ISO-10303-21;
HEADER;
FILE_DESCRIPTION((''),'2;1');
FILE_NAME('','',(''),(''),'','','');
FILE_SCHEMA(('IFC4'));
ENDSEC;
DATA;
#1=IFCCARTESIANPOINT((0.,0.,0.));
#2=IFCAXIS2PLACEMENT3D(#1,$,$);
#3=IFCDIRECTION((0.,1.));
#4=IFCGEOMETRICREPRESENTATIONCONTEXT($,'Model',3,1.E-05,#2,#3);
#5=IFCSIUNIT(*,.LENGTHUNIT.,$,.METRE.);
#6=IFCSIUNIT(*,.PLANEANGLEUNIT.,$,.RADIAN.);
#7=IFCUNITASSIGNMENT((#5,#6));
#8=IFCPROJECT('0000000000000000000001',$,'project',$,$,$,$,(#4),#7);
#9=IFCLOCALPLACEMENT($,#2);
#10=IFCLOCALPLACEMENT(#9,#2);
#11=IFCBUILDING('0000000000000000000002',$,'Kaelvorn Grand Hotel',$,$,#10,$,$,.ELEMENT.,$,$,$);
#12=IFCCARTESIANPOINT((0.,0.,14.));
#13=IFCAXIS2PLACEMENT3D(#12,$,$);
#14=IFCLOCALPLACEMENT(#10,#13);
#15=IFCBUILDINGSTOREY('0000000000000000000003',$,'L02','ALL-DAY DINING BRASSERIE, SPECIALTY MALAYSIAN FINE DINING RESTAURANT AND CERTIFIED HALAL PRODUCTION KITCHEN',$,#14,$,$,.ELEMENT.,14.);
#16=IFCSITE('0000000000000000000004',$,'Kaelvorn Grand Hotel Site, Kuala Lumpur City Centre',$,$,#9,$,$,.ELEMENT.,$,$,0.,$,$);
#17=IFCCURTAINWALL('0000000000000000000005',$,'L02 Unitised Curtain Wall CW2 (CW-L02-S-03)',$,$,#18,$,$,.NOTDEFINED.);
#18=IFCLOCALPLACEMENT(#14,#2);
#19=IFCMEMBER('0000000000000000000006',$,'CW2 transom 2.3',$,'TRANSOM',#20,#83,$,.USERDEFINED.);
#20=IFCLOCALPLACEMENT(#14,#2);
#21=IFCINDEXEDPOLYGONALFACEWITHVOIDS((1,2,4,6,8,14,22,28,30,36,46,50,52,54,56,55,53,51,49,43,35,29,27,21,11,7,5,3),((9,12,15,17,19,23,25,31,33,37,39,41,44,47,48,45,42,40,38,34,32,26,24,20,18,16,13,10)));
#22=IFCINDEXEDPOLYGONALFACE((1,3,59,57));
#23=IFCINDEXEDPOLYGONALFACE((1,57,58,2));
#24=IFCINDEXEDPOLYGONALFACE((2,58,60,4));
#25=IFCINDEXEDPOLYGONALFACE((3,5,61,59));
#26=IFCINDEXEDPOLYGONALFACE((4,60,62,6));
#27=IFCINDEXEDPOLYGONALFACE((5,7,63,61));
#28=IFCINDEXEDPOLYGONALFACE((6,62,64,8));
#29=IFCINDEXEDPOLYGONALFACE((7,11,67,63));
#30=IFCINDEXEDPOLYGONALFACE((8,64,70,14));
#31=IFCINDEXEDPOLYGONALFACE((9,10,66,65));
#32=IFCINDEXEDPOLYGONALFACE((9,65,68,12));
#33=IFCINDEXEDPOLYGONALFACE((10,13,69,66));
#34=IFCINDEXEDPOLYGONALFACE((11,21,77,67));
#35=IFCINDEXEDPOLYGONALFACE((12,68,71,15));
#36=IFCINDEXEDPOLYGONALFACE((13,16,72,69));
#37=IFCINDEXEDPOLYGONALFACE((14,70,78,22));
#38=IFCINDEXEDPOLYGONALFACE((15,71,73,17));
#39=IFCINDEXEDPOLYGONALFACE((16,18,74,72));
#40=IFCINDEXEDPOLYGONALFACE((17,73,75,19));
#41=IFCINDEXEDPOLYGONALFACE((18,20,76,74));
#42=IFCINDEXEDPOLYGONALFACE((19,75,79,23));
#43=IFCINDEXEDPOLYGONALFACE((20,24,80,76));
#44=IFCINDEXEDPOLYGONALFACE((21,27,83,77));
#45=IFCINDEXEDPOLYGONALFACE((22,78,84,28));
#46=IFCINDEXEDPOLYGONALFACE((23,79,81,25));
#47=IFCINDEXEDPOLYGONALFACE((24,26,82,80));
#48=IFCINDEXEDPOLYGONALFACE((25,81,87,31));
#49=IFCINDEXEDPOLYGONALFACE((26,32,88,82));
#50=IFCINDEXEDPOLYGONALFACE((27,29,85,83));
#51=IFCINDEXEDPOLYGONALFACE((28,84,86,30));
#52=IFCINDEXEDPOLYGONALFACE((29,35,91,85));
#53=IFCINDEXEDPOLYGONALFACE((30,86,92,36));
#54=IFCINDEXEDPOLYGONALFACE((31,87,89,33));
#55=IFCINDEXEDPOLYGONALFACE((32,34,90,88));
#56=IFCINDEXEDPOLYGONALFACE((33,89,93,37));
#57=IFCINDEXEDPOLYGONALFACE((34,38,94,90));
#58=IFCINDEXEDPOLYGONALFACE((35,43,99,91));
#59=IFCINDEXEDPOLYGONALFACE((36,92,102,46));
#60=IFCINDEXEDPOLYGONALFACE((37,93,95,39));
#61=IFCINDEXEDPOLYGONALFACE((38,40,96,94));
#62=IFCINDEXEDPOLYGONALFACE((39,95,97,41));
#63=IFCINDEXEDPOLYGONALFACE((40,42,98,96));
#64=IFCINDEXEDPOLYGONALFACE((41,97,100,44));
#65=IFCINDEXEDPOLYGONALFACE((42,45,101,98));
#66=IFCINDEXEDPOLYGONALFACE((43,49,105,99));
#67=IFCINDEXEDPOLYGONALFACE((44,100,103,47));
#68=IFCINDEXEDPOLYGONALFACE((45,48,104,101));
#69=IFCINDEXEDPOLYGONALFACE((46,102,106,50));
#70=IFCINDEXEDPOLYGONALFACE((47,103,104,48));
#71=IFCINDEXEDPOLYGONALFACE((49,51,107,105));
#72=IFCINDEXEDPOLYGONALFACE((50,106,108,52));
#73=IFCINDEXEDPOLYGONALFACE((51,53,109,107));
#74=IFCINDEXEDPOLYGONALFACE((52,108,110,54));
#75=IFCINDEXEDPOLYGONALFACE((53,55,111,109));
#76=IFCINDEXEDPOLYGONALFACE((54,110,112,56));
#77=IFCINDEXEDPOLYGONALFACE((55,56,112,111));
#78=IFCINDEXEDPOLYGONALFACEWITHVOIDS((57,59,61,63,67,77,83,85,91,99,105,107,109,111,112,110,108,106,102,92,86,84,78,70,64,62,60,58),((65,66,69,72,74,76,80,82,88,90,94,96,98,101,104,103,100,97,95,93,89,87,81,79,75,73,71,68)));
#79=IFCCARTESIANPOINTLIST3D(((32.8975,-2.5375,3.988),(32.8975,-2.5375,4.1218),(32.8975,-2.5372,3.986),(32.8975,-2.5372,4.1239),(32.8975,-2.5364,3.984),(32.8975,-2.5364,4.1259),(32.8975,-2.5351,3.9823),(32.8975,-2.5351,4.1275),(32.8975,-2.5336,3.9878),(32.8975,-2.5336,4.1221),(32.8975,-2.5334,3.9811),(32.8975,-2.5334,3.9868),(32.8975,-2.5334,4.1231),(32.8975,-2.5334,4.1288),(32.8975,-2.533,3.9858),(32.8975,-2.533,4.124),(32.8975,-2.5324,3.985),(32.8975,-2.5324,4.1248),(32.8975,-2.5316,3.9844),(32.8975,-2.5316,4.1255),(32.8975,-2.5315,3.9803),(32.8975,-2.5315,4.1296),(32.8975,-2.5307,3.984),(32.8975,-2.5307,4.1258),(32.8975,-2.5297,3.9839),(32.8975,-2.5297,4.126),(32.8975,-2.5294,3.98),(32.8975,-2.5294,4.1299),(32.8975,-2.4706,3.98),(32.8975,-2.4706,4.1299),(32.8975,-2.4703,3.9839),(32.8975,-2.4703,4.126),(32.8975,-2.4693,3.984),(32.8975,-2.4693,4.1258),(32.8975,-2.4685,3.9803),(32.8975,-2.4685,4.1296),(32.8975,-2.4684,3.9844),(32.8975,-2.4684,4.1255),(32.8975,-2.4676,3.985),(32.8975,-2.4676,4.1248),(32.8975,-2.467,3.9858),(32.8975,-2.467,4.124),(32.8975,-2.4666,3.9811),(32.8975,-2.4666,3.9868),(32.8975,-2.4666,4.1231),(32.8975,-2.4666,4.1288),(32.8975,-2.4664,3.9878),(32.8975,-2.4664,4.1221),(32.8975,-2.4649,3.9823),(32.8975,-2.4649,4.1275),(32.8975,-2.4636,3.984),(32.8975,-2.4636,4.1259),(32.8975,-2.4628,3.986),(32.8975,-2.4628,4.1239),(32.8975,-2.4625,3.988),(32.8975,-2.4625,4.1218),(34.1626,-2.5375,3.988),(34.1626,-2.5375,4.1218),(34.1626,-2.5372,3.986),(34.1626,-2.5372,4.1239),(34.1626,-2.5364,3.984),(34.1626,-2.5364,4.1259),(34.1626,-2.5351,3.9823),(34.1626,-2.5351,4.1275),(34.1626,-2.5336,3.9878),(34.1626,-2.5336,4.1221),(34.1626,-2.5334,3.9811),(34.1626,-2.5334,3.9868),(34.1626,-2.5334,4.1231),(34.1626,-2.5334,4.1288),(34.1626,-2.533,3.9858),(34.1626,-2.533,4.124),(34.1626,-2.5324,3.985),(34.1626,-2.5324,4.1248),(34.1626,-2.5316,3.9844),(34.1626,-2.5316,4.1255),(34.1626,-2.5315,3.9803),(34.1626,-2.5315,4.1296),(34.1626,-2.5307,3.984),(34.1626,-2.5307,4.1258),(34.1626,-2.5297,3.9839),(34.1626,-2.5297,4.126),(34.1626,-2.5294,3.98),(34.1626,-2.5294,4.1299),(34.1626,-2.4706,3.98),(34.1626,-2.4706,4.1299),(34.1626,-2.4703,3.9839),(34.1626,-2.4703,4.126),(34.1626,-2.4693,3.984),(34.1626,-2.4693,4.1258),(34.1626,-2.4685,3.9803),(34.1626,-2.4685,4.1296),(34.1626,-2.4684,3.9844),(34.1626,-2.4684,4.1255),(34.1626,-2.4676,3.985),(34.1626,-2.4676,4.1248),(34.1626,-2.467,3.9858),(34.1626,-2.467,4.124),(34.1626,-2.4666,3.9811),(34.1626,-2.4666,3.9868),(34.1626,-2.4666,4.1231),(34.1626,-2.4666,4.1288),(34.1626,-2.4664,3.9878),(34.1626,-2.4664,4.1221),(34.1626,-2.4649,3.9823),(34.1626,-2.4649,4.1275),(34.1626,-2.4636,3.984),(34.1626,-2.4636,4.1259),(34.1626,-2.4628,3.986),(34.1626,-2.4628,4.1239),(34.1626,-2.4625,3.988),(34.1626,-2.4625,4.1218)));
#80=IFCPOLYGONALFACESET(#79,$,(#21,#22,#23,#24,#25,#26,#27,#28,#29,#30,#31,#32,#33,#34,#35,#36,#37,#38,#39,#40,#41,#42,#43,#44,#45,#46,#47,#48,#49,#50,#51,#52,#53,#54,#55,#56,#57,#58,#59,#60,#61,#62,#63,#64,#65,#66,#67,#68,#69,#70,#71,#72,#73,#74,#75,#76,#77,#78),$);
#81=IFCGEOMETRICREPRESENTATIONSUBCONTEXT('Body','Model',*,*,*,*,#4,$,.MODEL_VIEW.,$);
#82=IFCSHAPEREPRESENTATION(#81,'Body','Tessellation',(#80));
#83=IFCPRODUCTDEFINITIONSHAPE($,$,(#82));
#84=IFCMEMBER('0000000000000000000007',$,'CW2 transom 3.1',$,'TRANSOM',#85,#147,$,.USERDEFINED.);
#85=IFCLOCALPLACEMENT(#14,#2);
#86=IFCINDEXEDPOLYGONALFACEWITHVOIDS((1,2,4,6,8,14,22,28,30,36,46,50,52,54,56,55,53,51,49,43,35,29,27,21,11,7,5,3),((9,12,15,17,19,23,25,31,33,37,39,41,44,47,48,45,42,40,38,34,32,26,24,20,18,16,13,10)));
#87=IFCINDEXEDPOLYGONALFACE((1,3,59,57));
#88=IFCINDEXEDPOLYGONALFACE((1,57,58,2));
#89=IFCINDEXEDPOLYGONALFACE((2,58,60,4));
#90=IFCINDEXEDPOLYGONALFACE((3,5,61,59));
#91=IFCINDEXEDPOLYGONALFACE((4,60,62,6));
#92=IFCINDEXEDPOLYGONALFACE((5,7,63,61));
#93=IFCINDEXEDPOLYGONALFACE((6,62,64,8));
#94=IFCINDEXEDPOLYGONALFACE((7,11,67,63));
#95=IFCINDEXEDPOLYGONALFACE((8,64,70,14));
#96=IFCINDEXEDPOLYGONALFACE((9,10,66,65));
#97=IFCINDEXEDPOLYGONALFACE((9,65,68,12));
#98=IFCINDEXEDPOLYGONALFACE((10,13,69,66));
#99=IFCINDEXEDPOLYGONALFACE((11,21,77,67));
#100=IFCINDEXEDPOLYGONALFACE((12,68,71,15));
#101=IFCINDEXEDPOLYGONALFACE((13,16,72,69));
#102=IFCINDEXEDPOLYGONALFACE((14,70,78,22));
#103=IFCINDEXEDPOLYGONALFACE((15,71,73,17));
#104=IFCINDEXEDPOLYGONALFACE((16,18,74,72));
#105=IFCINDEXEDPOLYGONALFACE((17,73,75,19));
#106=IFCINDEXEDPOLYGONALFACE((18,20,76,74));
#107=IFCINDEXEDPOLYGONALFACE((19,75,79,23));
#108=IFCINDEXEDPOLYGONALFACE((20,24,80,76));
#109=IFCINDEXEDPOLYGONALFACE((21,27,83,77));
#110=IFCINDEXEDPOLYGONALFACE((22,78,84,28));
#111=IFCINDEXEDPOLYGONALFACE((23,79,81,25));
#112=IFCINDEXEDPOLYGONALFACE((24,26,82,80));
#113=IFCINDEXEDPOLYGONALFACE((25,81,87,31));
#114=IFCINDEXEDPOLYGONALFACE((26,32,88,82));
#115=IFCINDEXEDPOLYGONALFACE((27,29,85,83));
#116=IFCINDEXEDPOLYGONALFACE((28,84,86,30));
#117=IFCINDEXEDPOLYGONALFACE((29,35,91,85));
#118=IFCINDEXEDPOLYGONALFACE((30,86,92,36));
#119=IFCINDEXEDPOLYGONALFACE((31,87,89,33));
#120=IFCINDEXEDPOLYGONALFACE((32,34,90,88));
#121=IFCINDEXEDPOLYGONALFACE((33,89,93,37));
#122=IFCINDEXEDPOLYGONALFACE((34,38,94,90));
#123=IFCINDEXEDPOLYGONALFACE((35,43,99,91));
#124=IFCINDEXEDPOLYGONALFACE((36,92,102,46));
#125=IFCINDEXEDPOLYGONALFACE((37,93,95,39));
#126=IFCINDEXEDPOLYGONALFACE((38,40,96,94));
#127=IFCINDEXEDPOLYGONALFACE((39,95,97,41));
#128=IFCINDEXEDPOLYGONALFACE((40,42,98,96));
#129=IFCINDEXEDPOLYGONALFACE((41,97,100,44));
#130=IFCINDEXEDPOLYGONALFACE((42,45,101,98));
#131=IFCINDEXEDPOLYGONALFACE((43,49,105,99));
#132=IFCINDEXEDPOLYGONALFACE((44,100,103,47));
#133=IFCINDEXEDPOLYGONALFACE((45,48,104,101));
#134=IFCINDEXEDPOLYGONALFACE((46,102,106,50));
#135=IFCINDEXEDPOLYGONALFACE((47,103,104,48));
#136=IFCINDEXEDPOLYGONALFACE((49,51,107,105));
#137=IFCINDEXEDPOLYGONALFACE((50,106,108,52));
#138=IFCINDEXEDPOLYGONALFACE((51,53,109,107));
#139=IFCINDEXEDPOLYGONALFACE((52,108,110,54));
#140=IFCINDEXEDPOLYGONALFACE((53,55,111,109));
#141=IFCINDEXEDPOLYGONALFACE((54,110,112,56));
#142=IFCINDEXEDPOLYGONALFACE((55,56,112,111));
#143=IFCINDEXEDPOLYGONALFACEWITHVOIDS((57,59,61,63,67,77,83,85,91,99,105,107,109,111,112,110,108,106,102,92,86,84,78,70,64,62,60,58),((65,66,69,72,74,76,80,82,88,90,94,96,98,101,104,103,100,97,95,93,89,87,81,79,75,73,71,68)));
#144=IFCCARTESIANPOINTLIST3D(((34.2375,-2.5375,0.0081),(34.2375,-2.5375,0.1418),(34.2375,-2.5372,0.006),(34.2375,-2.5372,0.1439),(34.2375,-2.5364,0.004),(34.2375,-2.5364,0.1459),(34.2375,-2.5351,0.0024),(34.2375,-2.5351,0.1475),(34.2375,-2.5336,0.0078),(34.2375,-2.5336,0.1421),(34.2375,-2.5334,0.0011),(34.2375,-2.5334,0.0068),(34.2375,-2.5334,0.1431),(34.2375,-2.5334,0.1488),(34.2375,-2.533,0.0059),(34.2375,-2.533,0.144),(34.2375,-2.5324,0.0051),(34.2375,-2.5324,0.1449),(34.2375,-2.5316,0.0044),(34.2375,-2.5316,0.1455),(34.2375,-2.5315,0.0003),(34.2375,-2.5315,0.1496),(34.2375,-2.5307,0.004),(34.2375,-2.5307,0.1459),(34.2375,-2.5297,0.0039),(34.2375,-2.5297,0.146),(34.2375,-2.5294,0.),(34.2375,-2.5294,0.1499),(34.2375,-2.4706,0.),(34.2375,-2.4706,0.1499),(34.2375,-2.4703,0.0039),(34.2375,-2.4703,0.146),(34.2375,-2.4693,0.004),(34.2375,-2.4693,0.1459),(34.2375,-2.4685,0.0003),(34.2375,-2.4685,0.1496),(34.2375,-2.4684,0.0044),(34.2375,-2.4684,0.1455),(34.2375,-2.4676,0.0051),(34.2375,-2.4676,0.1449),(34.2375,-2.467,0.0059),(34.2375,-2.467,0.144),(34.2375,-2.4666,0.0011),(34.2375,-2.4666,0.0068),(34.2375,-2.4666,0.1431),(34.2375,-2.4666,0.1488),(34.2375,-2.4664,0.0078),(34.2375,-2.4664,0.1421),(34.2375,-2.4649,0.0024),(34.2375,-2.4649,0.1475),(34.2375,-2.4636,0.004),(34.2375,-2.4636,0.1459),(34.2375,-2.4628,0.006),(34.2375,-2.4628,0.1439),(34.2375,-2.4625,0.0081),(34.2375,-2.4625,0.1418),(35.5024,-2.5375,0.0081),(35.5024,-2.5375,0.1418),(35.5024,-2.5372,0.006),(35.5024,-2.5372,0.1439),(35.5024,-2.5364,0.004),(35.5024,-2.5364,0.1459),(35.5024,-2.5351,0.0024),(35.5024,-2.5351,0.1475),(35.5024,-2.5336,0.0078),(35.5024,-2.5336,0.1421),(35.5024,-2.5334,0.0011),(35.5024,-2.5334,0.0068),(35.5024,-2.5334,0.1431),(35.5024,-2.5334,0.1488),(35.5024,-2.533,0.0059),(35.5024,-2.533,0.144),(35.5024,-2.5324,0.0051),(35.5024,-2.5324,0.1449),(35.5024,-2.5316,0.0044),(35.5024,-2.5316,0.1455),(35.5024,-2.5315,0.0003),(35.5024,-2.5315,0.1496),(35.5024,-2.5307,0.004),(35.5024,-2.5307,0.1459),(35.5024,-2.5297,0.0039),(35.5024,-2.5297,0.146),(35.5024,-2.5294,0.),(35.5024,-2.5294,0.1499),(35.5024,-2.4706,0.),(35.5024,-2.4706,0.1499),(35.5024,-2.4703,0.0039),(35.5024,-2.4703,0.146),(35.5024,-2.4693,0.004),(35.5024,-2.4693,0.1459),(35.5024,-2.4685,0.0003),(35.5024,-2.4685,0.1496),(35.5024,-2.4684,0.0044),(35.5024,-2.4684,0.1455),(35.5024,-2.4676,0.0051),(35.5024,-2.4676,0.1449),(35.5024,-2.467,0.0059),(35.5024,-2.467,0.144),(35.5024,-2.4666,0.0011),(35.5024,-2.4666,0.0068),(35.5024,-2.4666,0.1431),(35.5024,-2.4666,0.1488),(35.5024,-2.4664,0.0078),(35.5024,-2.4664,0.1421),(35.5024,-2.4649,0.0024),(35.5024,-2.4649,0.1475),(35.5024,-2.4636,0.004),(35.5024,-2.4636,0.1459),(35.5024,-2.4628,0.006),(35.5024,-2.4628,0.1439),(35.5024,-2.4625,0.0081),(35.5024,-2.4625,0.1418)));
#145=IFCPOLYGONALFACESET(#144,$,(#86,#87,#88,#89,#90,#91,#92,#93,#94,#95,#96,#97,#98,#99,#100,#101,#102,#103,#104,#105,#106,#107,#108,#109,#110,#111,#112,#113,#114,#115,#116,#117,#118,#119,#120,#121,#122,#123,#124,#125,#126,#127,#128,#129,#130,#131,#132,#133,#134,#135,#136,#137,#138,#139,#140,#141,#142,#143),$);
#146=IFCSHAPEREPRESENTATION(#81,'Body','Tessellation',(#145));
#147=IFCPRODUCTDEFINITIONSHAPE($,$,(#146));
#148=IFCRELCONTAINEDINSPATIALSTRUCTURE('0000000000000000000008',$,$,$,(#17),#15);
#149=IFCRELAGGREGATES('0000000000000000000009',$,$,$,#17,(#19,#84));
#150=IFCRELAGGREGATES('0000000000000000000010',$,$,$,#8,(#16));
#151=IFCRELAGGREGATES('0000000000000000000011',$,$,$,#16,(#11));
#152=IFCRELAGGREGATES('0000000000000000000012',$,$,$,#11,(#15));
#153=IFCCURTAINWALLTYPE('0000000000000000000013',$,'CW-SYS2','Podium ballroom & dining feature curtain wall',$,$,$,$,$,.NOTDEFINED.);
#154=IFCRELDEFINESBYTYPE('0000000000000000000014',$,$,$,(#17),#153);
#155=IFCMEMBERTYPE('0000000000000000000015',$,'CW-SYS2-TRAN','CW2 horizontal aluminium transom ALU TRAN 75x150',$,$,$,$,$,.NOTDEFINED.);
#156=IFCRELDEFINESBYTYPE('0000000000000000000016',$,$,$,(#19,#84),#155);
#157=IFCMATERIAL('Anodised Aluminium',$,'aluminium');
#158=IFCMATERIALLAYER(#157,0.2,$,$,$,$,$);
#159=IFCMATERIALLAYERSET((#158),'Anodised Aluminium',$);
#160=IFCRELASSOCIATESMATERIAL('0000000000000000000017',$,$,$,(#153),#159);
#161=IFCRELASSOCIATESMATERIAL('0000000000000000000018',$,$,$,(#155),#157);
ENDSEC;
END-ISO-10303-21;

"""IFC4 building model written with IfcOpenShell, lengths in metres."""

from ifc_helpers import new_model, si_unit, direction, frame, origin, origin_2d, place, context, subcontext, project, spatial, hollow_rectangle, extrude, material, layer, layer_set, material_profile, profile_set, type_object, element, aggregate, save


model = new_model("IFC4")

# Units and contexts
model_context = context("Model", 3, precision=1e-05, world=origin(), true_north=direction((0.0, 1.0)))
body_context = subcontext(model_context, "Body", "Model", "MODEL_VIEW")
ifc_project = project(units=[si_unit("LENGTHUNIT", "METRE"), si_unit("PLANEANGLEUNIT", "RADIAN")], contexts=[model_context])

# Site, building, storey
site_placement = place(None, origin())
site = spatial("IfcSite", under=ifc_project, at=site_placement, Name="Kaelvorn Grand Hotel Site, Kuala Lumpur City Centre", CompositionType="ELEMENT", RefElevation=0.0)
building_placement = place(site_placement, origin())
building = spatial("IfcBuilding", under=site, at=building_placement, Name="Kaelvorn Grand Hotel", CompositionType="ELEMENT")
storey_placement = place(building_placement, frame((0.0, 0.0, 14.0)))
storey = spatial("IfcBuildingStorey", under=building, at=storey_placement, Name="L02", Description="ALL-DAY DINING BRASSERIE, SPECIALTY MALAYSIAN FINE DINING RESTAURANT AND CERTIFIED HALAL PRODUCTION KITCHEN", CompositionType="ELEMENT", Elevation=14.0)

# Curtain wall, members
ifc_material_1 = material(Name="Anodised Aluminium", Category="aluminium")
ifc_layer_1 = layer(ifc_material_1, 0.2)
ifc_layer_set_1 = layer_set([ifc_layer_1], Name="Anodised Aluminium")
curtain_wall_type = type_object("IfcCurtainWallType", Name="CW-SYS2", Description="Podium ballroom & dining feature curtain wall", PredefinedType="NOTDEFINED", material=ifc_layer_set_1)
curtain_wall_placement = place(storey_placement, origin())
curtain_wall = element("IfcCurtainWall", 1, at=curtain_wall_placement, inside=storey, type_object=curtain_wall_type, Name="L02 Unitised Curtain Wall CW2 (CW-L02-S-03)", PredefinedType="NOTDEFINED")
ifc_material_profile_1 = material_profile(ifc_material_1, hollow_rectangle(XDim=0.075, YDim=0.1499, WallThickness=0.0039, InnerFilletRadius=0.0039, OuterFilletRadius=0.0081, at=origin_2d()), Name="ALU TRAN 75x150")
ifc_profile_set_1 = profile_set([ifc_material_profile_1], Name="Anodised Aluminium")
member_type_1 = type_object("IfcMemberType", Name="CW-SYS2-TRAN", Description="CW2 horizontal aluminium transom ALU TRAN 75x150", PredefinedType="NOTDEFINED", material=ifc_profile_set_1)
member_1_placement = place(storey_placement, frame((32.8975, -2.5, 4.0549), z_axis=(1.0, 0.0, 0.0), x_axis=(0.0, 1.0, 0.0)))
member_1 = element("IfcMember", 2, at=member_1_placement, type_object=member_type_1, Name="CW2 transom 2.3", ObjectType="TRANSOM", PredefinedType="USERDEFINED", context=body_context, shape_type="SweptSolid", body=[
    extrude(hollow_rectangle(XDim=0.075, YDim=0.1499, WallThickness=0.0039, InnerFilletRadius=0.0039, OuterFilletRadius=0.0081, at=origin_2d()), origin(), (0.0, 0.0, 1.0), 1.2651),
])
member_2_placement = place(storey_placement, frame((34.2375, -2.5, 0.075), z_axis=(1.0, 0.0, 0.0), x_axis=(0.0, 1.0, 0.0)))
member_2 = element("IfcMember", 3, at=member_2_placement, type_object=member_type_1, Name="CW2 transom 3.1", ObjectType="TRANSOM", PredefinedType="USERDEFINED", context=body_context, shape_type="SweptSolid", body=[
    extrude(hollow_rectangle(XDim=0.075, YDim=0.1499, WallThickness=0.0039, InnerFilletRadius=0.0039, OuterFilletRadius=0.0081, at=origin_2d()), origin(), (0.0, 0.0, 1.0), 1.2649),
])
aggregate(curtain_wall, [member_1, member_2])

save(model, "model.ifc")
